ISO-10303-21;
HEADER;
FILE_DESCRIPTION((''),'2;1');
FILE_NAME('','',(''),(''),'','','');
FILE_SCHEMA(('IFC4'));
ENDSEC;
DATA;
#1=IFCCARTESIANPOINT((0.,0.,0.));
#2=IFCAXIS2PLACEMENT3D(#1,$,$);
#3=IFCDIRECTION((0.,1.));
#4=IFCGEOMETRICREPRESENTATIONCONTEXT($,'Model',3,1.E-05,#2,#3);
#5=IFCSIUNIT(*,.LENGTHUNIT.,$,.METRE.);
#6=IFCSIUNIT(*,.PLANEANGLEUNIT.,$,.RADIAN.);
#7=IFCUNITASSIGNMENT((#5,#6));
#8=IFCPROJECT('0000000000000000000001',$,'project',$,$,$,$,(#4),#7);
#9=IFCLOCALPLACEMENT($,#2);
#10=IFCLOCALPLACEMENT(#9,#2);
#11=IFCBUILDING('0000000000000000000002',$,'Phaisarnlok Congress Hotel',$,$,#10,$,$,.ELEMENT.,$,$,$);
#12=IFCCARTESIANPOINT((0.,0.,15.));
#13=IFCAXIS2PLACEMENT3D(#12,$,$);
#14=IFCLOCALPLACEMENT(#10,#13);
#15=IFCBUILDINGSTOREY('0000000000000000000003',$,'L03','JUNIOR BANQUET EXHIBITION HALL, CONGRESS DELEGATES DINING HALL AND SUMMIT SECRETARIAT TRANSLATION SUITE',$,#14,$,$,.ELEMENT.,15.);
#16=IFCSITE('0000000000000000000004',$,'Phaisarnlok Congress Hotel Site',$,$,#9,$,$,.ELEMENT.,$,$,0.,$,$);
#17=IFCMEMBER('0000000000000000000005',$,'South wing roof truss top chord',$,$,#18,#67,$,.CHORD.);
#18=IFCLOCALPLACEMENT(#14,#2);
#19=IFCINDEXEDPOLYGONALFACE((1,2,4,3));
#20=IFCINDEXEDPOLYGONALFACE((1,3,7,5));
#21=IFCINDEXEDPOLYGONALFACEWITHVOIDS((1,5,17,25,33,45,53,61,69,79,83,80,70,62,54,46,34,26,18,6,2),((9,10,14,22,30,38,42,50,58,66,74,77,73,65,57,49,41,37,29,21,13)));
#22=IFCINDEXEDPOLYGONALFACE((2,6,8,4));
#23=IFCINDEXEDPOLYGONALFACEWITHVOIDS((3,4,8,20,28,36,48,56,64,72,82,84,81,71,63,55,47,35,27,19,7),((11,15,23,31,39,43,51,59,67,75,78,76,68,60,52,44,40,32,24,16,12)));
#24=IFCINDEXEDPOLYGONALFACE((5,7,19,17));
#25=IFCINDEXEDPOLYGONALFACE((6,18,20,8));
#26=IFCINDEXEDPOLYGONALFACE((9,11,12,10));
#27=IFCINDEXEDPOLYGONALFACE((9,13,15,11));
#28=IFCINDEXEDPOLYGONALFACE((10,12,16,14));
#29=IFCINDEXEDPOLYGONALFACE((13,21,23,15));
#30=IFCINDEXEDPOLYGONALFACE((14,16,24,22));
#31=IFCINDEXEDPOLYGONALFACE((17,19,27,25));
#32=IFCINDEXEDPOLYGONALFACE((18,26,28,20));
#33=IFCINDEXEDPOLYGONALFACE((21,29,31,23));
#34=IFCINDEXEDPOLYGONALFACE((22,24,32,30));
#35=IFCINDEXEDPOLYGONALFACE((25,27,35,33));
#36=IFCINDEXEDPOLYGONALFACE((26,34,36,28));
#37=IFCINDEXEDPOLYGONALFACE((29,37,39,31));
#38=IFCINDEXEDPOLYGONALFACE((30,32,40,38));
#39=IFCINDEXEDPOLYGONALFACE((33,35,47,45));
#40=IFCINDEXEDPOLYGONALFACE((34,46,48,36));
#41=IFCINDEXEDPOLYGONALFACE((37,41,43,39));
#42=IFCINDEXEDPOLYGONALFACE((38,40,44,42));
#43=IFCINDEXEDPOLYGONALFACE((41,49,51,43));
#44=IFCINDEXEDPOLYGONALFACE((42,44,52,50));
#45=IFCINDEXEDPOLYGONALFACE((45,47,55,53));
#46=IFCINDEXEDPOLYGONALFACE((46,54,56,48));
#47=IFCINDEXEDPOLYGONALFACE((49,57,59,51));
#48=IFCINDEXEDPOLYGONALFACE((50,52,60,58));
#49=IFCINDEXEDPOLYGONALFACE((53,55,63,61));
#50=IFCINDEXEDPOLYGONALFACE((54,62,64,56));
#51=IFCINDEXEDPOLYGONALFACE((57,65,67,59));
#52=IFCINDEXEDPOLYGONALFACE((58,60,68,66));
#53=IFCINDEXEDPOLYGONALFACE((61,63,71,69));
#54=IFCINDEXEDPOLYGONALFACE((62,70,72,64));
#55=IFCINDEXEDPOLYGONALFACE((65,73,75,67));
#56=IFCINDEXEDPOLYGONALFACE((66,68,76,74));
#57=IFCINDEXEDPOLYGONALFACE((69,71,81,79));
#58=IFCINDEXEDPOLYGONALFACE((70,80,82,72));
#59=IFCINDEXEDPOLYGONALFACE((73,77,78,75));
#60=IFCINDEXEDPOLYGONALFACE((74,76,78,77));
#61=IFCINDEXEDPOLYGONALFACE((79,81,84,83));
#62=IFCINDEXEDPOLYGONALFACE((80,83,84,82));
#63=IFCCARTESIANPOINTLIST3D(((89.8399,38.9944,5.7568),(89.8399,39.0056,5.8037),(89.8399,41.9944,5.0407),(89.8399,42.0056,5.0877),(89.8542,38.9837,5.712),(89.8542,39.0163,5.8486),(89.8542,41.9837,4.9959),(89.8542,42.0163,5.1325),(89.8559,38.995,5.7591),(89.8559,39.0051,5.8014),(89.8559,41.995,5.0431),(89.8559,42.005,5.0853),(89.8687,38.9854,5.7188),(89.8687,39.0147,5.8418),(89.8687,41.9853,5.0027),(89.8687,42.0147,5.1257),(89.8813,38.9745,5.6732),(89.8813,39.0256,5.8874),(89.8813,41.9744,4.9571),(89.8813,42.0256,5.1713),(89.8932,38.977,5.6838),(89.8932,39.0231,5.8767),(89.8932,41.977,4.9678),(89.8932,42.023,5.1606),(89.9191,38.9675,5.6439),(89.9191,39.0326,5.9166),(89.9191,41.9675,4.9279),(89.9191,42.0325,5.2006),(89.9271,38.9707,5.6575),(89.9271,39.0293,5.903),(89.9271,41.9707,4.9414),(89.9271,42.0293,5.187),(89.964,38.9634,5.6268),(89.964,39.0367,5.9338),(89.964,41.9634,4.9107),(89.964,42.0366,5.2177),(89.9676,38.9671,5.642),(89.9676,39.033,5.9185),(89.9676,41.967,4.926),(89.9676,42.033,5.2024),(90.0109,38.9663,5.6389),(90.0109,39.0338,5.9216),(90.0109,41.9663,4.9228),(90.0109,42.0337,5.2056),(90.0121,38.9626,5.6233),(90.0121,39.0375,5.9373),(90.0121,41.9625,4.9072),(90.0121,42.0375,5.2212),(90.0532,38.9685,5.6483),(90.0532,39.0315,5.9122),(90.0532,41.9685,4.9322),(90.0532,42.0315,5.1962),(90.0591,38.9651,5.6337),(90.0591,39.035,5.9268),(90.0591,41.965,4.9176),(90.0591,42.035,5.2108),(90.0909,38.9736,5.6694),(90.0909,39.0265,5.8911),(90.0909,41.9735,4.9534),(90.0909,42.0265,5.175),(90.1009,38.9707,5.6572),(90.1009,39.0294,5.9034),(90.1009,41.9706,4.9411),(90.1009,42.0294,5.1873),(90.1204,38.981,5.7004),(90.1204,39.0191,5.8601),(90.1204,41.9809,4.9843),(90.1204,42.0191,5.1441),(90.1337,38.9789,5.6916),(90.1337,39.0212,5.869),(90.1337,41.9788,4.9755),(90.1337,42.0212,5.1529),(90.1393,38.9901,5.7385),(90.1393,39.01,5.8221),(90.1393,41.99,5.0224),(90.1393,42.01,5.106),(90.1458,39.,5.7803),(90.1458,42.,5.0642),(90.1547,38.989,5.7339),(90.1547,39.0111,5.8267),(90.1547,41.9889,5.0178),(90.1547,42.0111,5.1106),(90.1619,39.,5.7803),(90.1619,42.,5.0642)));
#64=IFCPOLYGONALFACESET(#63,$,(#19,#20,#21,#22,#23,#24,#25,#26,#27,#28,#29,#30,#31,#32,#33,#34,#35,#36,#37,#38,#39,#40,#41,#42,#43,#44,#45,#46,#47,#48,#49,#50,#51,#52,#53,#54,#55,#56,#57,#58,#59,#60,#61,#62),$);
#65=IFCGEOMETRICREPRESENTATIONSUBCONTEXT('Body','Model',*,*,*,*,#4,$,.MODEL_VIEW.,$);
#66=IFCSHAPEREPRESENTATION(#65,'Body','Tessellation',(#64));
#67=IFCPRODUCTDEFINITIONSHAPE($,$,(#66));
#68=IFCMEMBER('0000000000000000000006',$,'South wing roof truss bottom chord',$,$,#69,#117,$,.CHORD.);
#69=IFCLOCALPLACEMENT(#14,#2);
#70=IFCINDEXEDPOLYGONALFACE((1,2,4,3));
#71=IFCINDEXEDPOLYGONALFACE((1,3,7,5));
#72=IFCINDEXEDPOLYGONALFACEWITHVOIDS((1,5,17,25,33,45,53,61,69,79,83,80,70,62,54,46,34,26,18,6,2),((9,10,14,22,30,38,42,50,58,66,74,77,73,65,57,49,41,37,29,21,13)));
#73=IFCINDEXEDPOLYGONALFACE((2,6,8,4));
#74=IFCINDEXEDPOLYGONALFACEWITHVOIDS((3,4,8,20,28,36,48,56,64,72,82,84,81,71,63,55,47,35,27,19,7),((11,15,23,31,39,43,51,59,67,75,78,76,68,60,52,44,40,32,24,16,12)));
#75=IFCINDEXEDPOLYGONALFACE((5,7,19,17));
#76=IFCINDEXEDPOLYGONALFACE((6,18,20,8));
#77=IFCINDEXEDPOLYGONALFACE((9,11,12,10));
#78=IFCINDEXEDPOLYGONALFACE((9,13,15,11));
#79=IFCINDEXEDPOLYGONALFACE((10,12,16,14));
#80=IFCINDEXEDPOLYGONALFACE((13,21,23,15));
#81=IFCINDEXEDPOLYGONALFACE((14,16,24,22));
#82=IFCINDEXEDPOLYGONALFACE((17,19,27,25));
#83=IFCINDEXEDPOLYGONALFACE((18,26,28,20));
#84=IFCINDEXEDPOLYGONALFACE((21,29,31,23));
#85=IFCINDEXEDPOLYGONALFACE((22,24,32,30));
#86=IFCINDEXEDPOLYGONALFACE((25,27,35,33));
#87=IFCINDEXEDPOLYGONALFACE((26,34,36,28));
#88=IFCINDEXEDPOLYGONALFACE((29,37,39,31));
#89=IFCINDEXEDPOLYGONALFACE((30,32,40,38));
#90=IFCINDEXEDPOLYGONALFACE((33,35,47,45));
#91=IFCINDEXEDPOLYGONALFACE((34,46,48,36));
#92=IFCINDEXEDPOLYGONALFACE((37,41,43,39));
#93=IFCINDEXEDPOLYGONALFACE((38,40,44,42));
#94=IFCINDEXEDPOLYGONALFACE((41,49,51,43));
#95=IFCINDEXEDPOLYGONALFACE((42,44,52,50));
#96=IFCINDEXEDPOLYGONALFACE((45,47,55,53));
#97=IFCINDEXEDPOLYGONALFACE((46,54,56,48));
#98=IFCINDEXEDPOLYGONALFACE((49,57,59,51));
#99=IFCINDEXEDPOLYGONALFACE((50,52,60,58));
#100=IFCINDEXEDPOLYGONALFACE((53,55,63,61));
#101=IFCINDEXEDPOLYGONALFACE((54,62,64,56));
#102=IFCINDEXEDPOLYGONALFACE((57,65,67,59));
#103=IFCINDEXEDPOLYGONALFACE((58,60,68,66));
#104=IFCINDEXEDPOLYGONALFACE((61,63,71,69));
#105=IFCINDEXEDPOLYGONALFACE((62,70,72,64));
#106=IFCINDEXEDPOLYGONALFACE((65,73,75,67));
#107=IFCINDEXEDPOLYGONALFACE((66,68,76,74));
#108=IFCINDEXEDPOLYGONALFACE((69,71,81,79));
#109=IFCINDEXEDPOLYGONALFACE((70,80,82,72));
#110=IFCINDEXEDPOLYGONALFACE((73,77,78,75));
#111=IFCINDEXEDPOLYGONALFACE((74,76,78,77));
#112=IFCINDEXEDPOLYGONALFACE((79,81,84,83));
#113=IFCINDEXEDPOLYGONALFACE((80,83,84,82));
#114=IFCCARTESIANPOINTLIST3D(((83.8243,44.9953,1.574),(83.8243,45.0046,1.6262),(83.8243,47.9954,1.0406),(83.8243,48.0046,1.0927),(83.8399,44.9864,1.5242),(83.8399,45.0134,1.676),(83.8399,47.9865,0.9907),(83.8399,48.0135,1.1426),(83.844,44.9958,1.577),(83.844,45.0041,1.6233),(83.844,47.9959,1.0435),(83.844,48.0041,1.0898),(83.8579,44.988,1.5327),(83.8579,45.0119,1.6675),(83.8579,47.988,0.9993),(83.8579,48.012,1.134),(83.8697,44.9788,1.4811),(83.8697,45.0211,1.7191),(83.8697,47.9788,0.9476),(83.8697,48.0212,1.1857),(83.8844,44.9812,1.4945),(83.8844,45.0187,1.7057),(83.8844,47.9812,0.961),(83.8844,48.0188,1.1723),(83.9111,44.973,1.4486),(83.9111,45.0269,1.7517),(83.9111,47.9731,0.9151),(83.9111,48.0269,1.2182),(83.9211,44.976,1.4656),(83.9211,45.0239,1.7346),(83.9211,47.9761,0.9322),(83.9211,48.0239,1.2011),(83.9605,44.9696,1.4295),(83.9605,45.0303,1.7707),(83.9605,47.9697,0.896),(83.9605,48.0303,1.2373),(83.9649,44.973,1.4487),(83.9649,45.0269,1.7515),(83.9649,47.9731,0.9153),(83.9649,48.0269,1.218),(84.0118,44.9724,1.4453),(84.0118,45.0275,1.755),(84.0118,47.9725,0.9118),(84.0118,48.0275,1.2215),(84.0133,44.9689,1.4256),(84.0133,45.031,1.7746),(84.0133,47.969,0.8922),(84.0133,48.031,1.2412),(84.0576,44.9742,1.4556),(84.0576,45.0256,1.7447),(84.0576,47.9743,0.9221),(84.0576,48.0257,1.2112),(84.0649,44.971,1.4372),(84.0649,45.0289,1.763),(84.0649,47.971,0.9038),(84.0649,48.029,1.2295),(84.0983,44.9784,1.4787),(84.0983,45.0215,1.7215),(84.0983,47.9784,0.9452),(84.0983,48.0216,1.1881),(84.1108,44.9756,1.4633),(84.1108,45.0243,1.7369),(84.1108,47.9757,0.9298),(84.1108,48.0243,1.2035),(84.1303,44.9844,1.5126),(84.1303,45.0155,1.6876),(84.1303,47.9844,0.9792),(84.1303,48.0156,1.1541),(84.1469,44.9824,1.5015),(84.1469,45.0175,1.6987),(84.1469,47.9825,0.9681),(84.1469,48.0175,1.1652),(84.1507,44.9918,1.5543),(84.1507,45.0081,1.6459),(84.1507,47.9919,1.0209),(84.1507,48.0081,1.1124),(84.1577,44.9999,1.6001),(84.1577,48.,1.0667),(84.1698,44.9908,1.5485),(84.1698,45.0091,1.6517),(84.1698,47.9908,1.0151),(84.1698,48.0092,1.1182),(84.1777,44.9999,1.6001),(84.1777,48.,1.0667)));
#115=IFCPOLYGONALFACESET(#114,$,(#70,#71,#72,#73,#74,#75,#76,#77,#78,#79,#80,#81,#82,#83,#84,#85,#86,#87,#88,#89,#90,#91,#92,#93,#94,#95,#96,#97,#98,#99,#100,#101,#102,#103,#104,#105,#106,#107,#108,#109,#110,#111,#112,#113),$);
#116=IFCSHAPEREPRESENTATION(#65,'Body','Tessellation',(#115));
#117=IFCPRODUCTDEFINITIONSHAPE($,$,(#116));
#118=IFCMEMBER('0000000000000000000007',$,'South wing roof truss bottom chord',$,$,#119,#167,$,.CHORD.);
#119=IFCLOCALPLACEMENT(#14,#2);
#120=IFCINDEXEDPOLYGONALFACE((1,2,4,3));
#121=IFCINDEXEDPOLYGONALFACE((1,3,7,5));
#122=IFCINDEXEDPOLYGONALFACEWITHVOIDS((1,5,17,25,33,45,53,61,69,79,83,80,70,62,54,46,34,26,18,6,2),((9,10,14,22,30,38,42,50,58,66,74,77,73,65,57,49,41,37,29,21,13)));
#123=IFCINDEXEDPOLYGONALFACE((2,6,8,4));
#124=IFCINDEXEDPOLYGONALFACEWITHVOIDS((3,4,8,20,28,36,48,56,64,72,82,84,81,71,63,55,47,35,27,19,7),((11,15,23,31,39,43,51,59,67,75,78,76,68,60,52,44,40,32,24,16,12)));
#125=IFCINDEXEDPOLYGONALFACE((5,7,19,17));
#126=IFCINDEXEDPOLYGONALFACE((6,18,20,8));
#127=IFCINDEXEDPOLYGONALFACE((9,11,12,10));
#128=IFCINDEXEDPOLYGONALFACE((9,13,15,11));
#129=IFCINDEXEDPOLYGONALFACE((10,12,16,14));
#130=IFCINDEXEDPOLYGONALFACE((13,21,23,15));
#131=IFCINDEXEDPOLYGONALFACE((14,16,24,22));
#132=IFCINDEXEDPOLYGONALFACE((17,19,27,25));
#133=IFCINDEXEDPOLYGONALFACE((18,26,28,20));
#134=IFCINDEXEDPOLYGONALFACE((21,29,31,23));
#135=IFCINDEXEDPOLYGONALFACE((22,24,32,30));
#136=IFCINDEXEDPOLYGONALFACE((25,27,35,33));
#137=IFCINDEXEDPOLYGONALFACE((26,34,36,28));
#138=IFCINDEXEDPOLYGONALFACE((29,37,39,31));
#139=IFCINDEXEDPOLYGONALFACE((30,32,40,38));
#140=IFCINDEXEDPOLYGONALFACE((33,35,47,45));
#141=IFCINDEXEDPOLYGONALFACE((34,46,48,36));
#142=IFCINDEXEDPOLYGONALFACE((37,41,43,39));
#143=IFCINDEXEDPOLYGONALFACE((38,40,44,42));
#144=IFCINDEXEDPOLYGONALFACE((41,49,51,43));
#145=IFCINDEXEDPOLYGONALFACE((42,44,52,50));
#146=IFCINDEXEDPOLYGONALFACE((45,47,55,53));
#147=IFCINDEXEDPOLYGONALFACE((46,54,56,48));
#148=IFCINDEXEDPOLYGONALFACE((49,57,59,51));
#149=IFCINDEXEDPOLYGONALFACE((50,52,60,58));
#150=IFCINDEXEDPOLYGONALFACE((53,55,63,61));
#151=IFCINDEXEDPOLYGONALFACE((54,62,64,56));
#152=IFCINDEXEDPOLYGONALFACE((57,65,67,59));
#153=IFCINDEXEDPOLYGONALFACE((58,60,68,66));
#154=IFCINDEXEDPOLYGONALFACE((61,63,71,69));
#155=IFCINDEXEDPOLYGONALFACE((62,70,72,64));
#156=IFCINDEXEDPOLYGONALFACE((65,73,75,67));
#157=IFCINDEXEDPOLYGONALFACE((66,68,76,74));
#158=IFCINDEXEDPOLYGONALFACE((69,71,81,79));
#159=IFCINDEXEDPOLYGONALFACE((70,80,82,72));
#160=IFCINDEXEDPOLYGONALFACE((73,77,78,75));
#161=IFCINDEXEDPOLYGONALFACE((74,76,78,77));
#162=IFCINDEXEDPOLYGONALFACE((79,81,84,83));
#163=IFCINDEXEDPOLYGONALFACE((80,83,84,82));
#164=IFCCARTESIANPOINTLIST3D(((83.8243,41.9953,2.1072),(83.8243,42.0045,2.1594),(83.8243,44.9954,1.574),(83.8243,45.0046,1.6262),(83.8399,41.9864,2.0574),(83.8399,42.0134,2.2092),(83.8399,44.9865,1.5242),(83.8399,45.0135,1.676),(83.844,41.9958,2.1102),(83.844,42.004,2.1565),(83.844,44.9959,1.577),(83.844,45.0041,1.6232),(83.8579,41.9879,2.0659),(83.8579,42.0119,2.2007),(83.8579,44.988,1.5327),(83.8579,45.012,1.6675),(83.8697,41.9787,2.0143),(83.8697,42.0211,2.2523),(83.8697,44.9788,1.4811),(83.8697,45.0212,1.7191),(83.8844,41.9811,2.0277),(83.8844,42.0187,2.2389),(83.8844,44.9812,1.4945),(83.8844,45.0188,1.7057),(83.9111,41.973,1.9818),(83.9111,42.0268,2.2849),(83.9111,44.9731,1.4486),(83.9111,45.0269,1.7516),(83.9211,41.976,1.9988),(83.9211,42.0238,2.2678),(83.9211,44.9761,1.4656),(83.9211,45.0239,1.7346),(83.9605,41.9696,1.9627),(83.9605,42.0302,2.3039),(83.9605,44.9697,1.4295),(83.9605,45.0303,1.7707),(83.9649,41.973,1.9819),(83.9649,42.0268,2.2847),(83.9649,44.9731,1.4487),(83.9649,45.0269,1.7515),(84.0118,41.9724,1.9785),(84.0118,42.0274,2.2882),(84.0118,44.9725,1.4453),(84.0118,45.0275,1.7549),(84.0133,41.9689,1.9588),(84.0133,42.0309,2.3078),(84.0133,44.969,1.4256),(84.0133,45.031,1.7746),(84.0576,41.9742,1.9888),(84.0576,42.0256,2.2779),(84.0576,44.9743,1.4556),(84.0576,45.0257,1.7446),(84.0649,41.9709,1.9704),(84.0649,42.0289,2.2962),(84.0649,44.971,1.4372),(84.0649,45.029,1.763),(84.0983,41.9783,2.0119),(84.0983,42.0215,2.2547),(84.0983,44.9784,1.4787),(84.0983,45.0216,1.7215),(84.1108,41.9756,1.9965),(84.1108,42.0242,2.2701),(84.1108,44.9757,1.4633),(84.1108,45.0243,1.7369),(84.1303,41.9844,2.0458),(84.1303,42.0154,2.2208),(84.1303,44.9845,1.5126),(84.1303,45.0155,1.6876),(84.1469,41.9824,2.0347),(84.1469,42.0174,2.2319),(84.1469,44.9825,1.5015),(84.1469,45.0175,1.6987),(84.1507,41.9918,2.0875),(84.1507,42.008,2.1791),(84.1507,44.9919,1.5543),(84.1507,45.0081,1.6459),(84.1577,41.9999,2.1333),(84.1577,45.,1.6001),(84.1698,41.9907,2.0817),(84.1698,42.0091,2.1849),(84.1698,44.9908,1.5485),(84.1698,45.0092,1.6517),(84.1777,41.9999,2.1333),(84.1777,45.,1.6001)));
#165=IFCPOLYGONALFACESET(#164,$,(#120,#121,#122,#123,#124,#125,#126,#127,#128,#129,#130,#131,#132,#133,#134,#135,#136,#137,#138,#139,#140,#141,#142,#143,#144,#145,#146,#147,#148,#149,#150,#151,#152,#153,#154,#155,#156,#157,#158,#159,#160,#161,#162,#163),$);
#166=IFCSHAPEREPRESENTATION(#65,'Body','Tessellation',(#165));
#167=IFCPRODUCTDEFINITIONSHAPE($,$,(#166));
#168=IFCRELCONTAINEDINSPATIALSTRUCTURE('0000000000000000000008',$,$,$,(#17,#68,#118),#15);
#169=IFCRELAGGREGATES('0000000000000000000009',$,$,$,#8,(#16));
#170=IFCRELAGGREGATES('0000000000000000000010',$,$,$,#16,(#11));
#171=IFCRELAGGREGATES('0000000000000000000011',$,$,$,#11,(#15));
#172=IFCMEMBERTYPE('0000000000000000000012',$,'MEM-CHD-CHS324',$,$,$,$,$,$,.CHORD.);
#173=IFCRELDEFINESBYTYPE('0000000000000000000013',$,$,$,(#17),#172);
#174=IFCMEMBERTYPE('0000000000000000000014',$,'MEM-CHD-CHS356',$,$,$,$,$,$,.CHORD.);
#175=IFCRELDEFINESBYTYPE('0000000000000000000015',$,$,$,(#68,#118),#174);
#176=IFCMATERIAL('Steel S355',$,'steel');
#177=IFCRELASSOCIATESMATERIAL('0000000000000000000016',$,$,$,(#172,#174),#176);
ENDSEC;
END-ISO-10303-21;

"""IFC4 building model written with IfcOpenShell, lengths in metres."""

from ifc_helpers import new_model, si_unit, direction, frame, origin, origin_2d, place, context, subcontext, project, spatial, hollow_circle, extrude, material, material_profile, profile_set, type_object, element, save


model = new_model("IFC4")

# Units and contexts
model_context = context("Model", 3, precision=1e-05, world=origin(), true_north=direction((0.0, 1.0)))
body_context = subcontext(model_context, "Body", "Model", "MODEL_VIEW")
ifc_project = project(units=[si_unit("LENGTHUNIT", "METRE"), si_unit("PLANEANGLEUNIT", "RADIAN")], contexts=[model_context])

# Site, building, storey
site_placement = place(None, origin())
site = spatial("IfcSite", under=ifc_project, at=site_placement, Name="Phaisarnlok Congress Hotel Site", CompositionType="ELEMENT", RefElevation=0.0)
building_placement = place(site_placement, origin())
building = spatial("IfcBuilding", under=site, at=building_placement, Name="Phaisarnlok Congress Hotel", CompositionType="ELEMENT")
storey_placement = place(building_placement, frame((0.0, 0.0, 15.0)))
storey = spatial("IfcBuildingStorey", under=building, at=storey_placement, Name="L03", Description="JUNIOR BANQUET EXHIBITION HALL, CONGRESS DELEGATES DINING HALL AND SUMMIT SECRETARIAT TRANSLATION SUITE", CompositionType="ELEMENT", Elevation=15.0)

# Shared definitions
ifc_material = material(Name="Steel S355", Category="steel")

# Members
ifc_material_profile_1 = material_profile(ifc_material, hollow_circle(Radius=0.1619, WallThickness=0.0161, at=origin_2d()), Name="CHS 323.9x16")
ifc_profile_set_1 = profile_set([ifc_material_profile_1], Name="Steel S355")
member_type_1 = type_object("IfcMemberType", Name="MEM-CHD-CHS324", PredefinedType="CHORD", material=ifc_profile_set_1)
for number, where, z_axis, x_axis, name in (
    (1, (90.0, 42.0, 5.0642), (0.0, -0.972676, 0.232166), (1.0, 0.0, 0.0), "South wing roof truss top chord"),
):
    element("IfcMember", number, at=place(storey_placement, frame(where, z_axis=z_axis, x_axis=x_axis)), inside=storey, type_object=member_type_1, Name=name, PredefinedType="CHORD", context=body_context, shape_type="SweptSolid", body=[
        extrude(hollow_circle(Radius=0.1619, WallThickness=0.0161, at=origin_2d()), origin(), (0.0, 0.0, 1.0), 3.0842),
    ])
ifc_material_profile_2 = material_profile(ifc_material, hollow_circle(Radius=0.1777, WallThickness=0.02, at=origin_2d()), Name="CHS 355.6x20")
ifc_profile_set_2 = profile_set([ifc_material_profile_2], Name="Steel S355")
member_type_2 = type_object("IfcMemberType", Name="MEM-CHD-CHS356", PredefinedType="CHORD", material=ifc_profile_set_2)
for number, where, z_axis, x_axis, name in (
    (2, (84.0, 48.0, 1.0667), (0.0, -0.984556, 0.17507), (1.0, 0.0, 0.0), "South wing roof truss bottom chord"),
    (3, (84.0, 45.0, 1.6001), (0.0, -0.98457, 0.174992), (1.0, 0.0, 0.0), "South wing roof truss bottom chord"),
):
    element("IfcMember", number, at=place(storey_placement, frame(where, z_axis=z_axis, x_axis=x_axis)), inside=storey, type_object=member_type_2, Name=name, PredefinedType="CHORD", context=body_context, shape_type="SweptSolid", body=[
        extrude(hollow_circle(Radius=0.1777, WallThickness=0.02, at=origin_2d()), origin(), (0.0, 0.0, 1.0), 3.0471),
    ])

save(model, "model.ifc")
